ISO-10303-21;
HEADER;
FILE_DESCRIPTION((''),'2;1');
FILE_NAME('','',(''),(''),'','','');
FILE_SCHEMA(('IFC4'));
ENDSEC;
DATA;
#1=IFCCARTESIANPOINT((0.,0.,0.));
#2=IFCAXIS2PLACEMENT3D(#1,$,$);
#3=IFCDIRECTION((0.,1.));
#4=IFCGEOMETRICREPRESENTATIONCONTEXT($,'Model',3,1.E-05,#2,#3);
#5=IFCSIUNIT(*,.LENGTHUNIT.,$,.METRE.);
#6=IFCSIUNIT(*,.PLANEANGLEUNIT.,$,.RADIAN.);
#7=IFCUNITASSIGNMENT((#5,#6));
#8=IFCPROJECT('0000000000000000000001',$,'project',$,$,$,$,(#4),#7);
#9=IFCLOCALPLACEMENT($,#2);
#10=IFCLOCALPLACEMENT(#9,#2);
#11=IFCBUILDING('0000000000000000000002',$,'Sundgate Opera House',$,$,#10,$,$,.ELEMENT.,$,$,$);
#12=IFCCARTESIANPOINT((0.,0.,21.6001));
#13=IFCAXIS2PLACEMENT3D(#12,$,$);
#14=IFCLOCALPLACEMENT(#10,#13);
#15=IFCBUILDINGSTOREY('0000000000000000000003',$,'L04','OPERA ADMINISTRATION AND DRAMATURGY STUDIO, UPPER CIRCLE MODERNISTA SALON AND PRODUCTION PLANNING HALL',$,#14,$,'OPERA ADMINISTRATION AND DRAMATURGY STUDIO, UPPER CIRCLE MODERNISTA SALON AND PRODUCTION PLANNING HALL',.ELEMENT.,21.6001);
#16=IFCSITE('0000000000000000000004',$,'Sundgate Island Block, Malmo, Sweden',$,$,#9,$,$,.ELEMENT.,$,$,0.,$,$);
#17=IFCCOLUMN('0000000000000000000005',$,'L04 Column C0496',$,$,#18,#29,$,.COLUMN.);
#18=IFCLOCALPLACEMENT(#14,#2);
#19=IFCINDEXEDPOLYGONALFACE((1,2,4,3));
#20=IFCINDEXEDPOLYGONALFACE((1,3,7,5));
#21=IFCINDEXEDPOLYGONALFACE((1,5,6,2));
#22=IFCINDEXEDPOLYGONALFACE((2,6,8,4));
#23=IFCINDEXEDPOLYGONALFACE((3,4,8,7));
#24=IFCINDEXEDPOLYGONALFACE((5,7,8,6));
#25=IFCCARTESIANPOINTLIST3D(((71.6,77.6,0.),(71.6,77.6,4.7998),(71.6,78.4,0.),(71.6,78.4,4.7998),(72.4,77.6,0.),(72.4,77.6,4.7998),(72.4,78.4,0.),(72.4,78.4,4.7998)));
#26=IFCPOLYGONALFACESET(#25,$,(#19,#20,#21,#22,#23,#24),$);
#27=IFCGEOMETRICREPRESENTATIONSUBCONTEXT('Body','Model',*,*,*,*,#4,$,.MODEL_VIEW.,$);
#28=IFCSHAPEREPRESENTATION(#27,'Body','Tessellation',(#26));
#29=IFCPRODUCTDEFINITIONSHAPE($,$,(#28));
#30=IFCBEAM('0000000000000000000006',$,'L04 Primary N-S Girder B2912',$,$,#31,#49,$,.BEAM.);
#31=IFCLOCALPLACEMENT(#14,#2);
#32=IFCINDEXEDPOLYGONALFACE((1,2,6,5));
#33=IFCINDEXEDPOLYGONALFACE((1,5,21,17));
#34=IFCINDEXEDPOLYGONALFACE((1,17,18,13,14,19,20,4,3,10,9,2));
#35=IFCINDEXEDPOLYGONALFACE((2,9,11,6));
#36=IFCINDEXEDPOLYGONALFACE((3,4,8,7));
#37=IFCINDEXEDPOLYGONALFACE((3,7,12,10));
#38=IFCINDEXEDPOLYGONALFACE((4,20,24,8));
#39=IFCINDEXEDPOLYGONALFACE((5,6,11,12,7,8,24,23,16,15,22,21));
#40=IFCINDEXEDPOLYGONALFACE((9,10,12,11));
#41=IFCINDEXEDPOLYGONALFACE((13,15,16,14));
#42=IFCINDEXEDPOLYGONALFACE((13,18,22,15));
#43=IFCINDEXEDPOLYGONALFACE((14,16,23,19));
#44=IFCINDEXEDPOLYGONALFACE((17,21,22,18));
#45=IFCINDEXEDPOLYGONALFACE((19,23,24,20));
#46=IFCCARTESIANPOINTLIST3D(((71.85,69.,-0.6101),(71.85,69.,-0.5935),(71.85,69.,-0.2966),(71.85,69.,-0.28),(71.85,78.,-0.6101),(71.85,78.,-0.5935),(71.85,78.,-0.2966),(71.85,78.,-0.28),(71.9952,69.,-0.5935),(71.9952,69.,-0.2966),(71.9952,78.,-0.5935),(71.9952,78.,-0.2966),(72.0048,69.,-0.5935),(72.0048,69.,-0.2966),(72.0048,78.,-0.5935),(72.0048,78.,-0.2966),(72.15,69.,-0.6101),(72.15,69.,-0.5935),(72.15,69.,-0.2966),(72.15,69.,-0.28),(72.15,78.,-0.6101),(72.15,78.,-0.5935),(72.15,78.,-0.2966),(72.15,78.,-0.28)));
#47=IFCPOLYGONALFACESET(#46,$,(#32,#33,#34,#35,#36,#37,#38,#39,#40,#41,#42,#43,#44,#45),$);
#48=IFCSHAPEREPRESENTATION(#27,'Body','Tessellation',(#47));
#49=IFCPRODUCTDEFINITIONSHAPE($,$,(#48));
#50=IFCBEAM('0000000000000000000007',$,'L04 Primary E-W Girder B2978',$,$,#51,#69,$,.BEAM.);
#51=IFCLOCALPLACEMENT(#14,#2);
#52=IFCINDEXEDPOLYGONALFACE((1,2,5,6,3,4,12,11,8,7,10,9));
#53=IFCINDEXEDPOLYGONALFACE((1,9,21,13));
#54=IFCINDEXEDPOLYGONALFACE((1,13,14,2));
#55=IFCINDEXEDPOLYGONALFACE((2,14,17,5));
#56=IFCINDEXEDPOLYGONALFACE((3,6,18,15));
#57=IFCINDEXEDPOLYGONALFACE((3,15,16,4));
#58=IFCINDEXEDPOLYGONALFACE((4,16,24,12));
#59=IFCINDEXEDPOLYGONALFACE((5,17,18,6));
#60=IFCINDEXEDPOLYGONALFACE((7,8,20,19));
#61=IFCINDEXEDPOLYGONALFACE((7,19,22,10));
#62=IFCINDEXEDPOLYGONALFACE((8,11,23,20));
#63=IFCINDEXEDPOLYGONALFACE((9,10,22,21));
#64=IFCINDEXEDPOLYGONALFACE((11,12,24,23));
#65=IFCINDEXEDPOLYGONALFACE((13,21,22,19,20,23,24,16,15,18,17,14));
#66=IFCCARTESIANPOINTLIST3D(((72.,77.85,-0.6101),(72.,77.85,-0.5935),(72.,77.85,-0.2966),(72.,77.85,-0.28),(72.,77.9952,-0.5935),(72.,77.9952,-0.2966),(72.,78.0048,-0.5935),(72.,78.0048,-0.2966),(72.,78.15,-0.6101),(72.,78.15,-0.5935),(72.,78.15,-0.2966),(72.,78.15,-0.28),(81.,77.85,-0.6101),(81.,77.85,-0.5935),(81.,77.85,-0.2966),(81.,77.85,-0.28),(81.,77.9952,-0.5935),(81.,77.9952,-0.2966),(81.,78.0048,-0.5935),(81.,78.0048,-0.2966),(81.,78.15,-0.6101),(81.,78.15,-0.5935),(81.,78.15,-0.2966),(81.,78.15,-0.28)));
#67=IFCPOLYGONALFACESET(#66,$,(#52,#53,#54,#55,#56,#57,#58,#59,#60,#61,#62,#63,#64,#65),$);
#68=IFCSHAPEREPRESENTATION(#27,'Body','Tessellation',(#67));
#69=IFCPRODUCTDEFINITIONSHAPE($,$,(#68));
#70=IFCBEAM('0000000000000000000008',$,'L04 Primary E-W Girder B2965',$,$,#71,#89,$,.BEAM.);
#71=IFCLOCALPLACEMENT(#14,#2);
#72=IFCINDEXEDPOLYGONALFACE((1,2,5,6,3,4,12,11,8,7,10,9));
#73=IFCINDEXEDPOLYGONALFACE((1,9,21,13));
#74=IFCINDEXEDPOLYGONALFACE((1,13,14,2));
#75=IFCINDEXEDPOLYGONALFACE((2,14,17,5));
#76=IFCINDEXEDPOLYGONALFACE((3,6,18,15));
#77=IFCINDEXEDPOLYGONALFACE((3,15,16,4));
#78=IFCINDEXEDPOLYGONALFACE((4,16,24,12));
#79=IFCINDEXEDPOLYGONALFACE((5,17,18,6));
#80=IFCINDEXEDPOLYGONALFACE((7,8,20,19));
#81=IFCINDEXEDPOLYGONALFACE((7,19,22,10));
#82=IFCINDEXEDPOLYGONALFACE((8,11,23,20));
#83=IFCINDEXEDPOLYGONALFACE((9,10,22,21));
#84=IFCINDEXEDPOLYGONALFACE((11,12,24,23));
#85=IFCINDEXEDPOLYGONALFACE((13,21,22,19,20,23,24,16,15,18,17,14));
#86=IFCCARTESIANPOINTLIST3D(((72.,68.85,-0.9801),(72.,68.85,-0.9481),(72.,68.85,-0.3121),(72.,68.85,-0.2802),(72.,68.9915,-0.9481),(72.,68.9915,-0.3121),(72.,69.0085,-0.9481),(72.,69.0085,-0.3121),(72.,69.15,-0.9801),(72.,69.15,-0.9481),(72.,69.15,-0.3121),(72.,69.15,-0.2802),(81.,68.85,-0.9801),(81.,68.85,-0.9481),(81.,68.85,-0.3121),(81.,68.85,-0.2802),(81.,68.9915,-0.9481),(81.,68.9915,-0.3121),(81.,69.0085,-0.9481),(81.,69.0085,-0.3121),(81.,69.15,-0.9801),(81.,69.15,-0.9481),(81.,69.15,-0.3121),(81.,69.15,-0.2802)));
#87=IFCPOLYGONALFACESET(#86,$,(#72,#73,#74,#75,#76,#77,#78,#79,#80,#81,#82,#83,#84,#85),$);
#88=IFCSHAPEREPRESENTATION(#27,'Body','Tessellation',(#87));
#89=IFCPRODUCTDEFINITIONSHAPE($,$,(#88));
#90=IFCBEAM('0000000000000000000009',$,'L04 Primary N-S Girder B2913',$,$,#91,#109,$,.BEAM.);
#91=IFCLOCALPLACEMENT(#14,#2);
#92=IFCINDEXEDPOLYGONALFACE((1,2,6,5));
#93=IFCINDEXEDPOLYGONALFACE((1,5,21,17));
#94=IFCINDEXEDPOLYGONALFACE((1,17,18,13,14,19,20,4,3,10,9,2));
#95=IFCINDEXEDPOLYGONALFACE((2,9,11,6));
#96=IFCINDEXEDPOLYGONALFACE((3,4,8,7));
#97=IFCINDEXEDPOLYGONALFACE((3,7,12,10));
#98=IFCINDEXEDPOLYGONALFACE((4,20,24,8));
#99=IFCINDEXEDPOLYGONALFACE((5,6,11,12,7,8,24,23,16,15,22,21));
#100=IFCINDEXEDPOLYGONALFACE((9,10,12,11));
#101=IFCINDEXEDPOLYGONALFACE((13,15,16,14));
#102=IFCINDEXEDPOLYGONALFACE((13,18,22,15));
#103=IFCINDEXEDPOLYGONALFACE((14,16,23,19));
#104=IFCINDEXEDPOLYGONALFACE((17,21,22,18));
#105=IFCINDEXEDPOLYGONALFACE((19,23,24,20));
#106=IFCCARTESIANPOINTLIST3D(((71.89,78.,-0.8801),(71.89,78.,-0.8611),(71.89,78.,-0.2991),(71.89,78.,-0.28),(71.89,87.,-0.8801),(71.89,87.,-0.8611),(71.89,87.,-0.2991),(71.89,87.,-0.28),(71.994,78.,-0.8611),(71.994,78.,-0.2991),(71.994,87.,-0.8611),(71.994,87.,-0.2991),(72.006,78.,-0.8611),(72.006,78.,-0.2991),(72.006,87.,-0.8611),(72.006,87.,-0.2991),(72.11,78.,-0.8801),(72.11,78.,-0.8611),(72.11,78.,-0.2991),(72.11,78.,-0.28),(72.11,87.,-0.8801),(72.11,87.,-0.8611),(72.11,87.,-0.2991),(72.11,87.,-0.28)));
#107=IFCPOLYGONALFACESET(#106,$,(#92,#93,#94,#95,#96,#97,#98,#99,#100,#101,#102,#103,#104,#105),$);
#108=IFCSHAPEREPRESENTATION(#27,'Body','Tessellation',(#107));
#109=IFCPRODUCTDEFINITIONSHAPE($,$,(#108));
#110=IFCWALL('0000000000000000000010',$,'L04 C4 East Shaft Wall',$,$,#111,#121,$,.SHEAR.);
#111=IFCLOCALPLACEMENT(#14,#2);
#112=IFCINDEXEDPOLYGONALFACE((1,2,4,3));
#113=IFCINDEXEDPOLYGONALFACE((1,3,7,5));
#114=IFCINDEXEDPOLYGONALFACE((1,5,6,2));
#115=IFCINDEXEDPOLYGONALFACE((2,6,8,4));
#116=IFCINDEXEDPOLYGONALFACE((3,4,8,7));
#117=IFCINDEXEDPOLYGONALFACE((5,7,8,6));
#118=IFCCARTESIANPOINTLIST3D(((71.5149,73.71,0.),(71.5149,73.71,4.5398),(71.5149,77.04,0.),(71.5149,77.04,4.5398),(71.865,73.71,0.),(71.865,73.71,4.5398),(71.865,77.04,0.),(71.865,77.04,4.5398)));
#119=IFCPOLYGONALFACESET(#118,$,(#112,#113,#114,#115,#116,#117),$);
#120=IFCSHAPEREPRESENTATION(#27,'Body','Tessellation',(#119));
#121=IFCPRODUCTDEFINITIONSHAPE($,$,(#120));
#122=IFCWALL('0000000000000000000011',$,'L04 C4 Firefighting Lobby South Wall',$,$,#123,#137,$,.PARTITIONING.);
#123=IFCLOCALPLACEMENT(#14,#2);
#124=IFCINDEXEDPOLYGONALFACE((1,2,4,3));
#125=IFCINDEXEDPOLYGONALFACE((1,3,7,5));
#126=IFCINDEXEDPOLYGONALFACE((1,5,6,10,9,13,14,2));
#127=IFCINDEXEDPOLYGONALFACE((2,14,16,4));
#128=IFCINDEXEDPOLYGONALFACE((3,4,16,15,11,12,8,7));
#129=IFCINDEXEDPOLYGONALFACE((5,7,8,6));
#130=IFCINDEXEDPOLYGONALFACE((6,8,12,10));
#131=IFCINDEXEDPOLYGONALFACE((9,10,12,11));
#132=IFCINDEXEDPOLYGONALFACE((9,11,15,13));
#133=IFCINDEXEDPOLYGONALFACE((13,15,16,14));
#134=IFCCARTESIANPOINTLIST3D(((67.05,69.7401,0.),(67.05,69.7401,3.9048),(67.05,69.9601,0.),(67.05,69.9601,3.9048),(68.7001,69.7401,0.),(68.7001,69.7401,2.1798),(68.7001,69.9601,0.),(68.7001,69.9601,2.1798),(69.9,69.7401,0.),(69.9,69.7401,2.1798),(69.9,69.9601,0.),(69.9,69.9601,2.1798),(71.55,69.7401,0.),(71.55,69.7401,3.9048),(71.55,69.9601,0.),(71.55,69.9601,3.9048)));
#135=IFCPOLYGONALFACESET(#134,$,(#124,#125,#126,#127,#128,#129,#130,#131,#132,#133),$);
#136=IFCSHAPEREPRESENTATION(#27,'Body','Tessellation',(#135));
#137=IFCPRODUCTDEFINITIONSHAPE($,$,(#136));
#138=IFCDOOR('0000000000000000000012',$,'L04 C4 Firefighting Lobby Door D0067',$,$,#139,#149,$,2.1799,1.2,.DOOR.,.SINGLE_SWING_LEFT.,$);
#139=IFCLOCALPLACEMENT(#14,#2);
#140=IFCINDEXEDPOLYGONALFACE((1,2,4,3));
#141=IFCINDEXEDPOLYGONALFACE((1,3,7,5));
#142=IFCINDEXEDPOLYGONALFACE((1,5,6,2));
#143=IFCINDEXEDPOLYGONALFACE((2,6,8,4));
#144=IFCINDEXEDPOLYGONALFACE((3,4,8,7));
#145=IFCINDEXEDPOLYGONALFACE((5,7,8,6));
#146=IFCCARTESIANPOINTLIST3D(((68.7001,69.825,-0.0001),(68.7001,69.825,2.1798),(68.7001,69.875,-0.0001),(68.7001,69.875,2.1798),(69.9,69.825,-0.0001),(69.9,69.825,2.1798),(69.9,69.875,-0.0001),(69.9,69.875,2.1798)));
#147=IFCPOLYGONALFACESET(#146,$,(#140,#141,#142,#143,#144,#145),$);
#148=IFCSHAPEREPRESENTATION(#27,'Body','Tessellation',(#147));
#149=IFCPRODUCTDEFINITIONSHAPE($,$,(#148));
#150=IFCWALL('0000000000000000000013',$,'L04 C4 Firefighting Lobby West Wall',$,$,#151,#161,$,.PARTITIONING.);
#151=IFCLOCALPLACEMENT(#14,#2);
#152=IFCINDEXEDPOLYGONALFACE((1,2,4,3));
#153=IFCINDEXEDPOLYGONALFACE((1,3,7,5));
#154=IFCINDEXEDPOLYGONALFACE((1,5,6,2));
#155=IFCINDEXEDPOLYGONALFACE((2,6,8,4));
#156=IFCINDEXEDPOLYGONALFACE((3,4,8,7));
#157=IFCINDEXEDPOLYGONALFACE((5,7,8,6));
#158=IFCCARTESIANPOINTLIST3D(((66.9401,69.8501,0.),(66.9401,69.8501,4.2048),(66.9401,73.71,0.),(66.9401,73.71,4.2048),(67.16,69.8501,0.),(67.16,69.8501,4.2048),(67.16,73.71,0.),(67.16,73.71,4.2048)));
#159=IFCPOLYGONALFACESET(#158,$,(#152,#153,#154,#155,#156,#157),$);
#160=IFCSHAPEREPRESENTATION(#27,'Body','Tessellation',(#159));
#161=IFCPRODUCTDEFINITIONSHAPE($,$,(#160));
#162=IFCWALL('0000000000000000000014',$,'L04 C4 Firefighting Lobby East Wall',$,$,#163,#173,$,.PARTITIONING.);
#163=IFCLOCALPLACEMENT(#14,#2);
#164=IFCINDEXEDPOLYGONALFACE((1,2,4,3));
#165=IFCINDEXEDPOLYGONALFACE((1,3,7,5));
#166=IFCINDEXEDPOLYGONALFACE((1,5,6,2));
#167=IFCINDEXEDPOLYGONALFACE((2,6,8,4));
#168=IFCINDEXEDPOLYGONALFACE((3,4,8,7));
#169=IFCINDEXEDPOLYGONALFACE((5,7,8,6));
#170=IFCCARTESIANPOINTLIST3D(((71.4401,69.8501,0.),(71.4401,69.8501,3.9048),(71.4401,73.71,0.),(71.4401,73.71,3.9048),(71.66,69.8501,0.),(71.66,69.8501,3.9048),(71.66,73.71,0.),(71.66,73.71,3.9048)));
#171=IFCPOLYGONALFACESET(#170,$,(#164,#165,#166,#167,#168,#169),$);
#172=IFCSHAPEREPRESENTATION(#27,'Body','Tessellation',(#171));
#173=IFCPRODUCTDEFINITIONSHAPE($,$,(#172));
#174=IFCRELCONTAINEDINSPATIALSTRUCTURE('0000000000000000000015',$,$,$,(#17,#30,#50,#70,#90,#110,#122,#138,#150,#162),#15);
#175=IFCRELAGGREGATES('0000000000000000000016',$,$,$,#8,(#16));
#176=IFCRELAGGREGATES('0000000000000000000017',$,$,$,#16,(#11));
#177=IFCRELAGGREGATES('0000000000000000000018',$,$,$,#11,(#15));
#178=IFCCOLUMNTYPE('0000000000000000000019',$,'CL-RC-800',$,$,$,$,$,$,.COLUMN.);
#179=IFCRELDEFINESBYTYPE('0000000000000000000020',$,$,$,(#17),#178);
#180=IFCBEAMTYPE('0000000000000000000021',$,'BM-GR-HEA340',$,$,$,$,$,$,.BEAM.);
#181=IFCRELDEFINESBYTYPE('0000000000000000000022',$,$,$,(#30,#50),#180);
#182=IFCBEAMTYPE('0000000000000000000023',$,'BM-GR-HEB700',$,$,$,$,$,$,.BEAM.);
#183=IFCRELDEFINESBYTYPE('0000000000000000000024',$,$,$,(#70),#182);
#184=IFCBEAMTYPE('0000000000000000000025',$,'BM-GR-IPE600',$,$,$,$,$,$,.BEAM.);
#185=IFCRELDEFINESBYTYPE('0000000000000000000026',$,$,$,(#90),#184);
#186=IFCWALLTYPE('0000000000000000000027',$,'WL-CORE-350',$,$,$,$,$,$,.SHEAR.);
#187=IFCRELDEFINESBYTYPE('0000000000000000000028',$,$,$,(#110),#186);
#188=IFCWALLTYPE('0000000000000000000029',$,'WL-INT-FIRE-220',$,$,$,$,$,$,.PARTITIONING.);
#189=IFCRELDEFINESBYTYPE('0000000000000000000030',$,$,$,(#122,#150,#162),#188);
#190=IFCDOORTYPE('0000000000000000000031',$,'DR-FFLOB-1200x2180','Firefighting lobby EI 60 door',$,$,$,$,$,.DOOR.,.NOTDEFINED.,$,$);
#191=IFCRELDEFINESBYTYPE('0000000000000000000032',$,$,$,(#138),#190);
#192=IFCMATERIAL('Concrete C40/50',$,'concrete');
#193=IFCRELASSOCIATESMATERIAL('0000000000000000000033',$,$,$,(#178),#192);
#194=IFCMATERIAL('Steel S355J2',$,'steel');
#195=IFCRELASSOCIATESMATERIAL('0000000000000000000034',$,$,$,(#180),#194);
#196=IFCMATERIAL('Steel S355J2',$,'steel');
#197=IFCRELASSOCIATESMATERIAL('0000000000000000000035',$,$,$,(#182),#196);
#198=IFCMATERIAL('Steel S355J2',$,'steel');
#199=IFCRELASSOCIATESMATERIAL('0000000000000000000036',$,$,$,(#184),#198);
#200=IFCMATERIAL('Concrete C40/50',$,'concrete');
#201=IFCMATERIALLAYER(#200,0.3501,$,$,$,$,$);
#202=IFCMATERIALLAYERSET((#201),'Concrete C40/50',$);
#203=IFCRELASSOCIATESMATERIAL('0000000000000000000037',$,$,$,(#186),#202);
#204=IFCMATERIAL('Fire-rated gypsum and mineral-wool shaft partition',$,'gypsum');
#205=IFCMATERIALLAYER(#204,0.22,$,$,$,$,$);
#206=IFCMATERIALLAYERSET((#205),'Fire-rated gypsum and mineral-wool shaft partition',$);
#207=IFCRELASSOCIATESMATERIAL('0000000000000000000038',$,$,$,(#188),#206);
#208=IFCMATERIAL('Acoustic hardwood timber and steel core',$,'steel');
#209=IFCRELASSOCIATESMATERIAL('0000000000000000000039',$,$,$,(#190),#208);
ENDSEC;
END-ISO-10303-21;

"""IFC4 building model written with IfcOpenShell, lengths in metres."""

from ifc_helpers import new_model, si_unit, direction, frame, frame_2d, origin, origin_2d, place, context, subcontext, project, spatial, rectangle, i_section, extrude, material, layer, layer_set, material_profile, profile_set, type_object, element, fill, save


model = new_model("IFC4")

# Units and contexts
model_context = context("Model", 3, precision=1e-05, world=origin(), true_north=direction((0.0, 1.0)))
body_context = subcontext(model_context, "Body", "Model", "MODEL_VIEW")
ifc_project = project(units=[si_unit("LENGTHUNIT", "METRE"), si_unit("PLANEANGLEUNIT", "RADIAN")], contexts=[model_context])

# Site, building, storey
site_placement = place(None, origin())
site = spatial("IfcSite", under=ifc_project, at=site_placement, Name="Sundgate Island Block, Malmo, Sweden", CompositionType="ELEMENT", RefElevation=0.0)
building_placement = place(site_placement, origin())
building = spatial("IfcBuilding", under=site, at=building_placement, Name="Sundgate Opera House", CompositionType="ELEMENT")
storey_placement = place(building_placement, frame((0.0, 0.0, 21.6001)))
storey = spatial("IfcBuildingStorey", under=building, at=storey_placement, Name="L04", Description="OPERA ADMINISTRATION AND DRAMATURGY STUDIO, UPPER CIRCLE MODERNISTA SALON AND PRODUCTION PLANNING HALL", LongName="OPERA ADMINISTRATION AND DRAMATURGY STUDIO, UPPER CIRCLE MODERNISTA SALON AND PRODUCTION PLANNING HALL", CompositionType="ELEMENT", Elevation=21.6001)

# Column
ifc_material_1 = material(Name="Concrete C40/50", Category="concrete")
ifc_material_profile_1 = material_profile(ifc_material_1, rectangle(XDim=0.8, YDim=0.8, at=origin_2d()), Name="RC 800x800")
ifc_profile_set_1 = profile_set([ifc_material_profile_1], Name="Concrete C40/50")
column_type = type_object("IfcColumnType", Name="CL-RC-800", PredefinedType="COLUMN", material=ifc_profile_set_1)
column_placement = place(storey_placement, frame((72.0, 78.0, 0.0), z_axis=(0.0, 0.0, 1.0), x_axis=(1.0, 0.0, 0.0)))
element("IfcColumn", 1, at=column_placement, inside=storey, type_object=column_type, Name="L04 Column C0496", PredefinedType="COLUMN", context=body_context, shape_type="SweptSolid", body=[
    extrude(rectangle(XDim=0.8, YDim=0.8, at=origin_2d()), origin(), (0.0, 0.0, 1.0), 4.7998),
])

# Beams
ifc_material_2 = material(Name="Steel S355J2", Category="steel")
ifc_material_profile_2 = material_profile(ifc_material_2, i_section(OverallWidth=0.3, OverallDepth=0.3301, WebThickness=0.0095, FlangeThickness=0.0166, at=origin_2d()), Name="HEA 340")
ifc_profile_set_2 = profile_set([ifc_material_profile_2], Name="Steel S355J2")
beam_type_1 = type_object("IfcBeamType", Name="BM-GR-HEA340", PredefinedType="BEAM", material=ifc_profile_set_2)
for number, where, z_axis, x_axis, name in (
    (2, (72.0, 69.0, -0.4451), (0.0, 1.0, 0.0), (-1.0, 0.0, 0.0), "L04 Primary N-S Girder B2912"),
    (3, (72.0, 78.0, -0.4451), (1.0, 0.0, 0.0), (0.0, 1.0, 0.0), "L04 Primary E-W Girder B2978"),
):
    element("IfcBeam", number, at=place(storey_placement, frame(where, z_axis=z_axis, x_axis=x_axis)), inside=storey, type_object=beam_type_1, Name=name, PredefinedType="BEAM", context=body_context, shape_type="SweptSolid", body=[
        extrude(i_section(OverallWidth=0.3, OverallDepth=0.3301, WebThickness=0.0095, FlangeThickness=0.0166, at=origin_2d()), origin(), (0.0, 0.0, 1.0), 9.0),
    ])
ifc_material_3 = material(Name="Steel S355J2", Category="steel")
ifc_material_profile_3 = material_profile(ifc_material_3, i_section(OverallWidth=0.3, OverallDepth=0.7, WebThickness=0.0171, FlangeThickness=0.032, at=origin_2d()), Name="HEB 700")
ifc_profile_set_3 = profile_set([ifc_material_profile_3], Name="Steel S355J2")
beam_type_2 = type_object("IfcBeamType", Name="BM-GR-HEB700", PredefinedType="BEAM", material=ifc_profile_set_3)
beam_1_placement = place(storey_placement, frame((72.0, 69.0, -0.6301), z_axis=(1.0, 0.0, 0.0), x_axis=(0.0, 1.0, 0.0)))
element("IfcBeam", 4, at=beam_1_placement, inside=storey, type_object=beam_type_2, Name="L04 Primary E-W Girder B2965", PredefinedType="BEAM", context=body_context, shape_type="SweptSolid", body=[
    extrude(i_section(OverallWidth=0.3, OverallDepth=0.7, WebThickness=0.0171, FlangeThickness=0.032, at=origin_2d()), origin(), (0.0, 0.0, 1.0), 9.0),
])
ifc_material_4 = material(Name="Steel S355J2", Category="steel")
ifc_material_profile_4 = material_profile(ifc_material_4, i_section(OverallWidth=0.22, OverallDepth=0.6001, WebThickness=0.012, FlangeThickness=0.019, at=origin_2d()), Name="IPE 600")
ifc_profile_set_4 = profile_set([ifc_material_profile_4], Name="Steel S355J2")
beam_type_3 = type_object("IfcBeamType", Name="BM-GR-IPE600", PredefinedType="BEAM", material=ifc_profile_set_4)
beam_2_placement = place(storey_placement, frame((72.0, 78.0, -0.5801), z_axis=(0.0, 1.0, 0.0), x_axis=(-1.0, 0.0, 0.0)))
element("IfcBeam", 5, at=beam_2_placement, inside=storey, type_object=beam_type_3, Name="L04 Primary N-S Girder B2913", PredefinedType="BEAM", context=body_context, shape_type="SweptSolid", body=[
    extrude(i_section(OverallWidth=0.22, OverallDepth=0.6001, WebThickness=0.012, FlangeThickness=0.019, at=origin_2d()), origin(), (0.0, 0.0, 1.0), 9.0),
])

# Wall
ifc_material_5 = material(Name="Concrete C40/50", Category="concrete")
ifc_layer_1 = layer(ifc_material_5, 0.3501)
ifc_layer_set_1 = layer_set([ifc_layer_1], Name="Concrete C40/50")
wall_type_1 = type_object("IfcWallType", Name="WL-CORE-350", PredefinedType="SHEAR", material=ifc_layer_set_1)
wall_1_placement = place(storey_placement, frame((71.6899, 73.71, 0.0), z_axis=(0.0, 0.0, 1.0), x_axis=(0.0, 1.0, 0.0)))
element("IfcWall", 6, at=wall_1_placement, inside=storey, type_object=wall_type_1, Name="L04 C4 East Shaft Wall", PredefinedType="SHEAR", context=body_context, shape_type="SweptSolid", body=[
    extrude(rectangle(XDim=3.3301, YDim=0.3501, at=frame_2d((1.665, 0.0))), origin(), (0.0, 0.0, 1.0), 4.5398),
])

# Wall, opening, door
ifc_material_6 = material(Name="Fire-rated gypsum and mineral-wool shaft partition", Category="gypsum")
ifc_layer_2 = layer(ifc_material_6, 0.22)
ifc_layer_set_2 = layer_set([ifc_layer_2], Name="Fire-rated gypsum and mineral-wool shaft partition")
wall_type_2 = type_object("IfcWallType", Name="WL-INT-FIRE-220", PredefinedType="PARTITIONING", material=ifc_layer_set_2)
wall_2_placement = place(storey_placement, frame((67.05, 69.8501, 0.0), z_axis=(0.0, 0.0, 1.0), x_axis=(1.0, 0.0, 0.0)))
wall_2 = element("IfcWall", 7, at=wall_2_placement, inside=storey, type_object=wall_type_2, Name="L04 C4 Firefighting Lobby South Wall", PredefinedType="PARTITIONING", context=body_context, shape_type="SweptSolid", body=[
    extrude(rectangle(XDim=4.5, YDim=0.22, at=frame_2d((2.25, 0.0))), origin(), (0.0, 0.0, 1.0), 3.9048),
])
opening_placement = place(wall_2_placement, frame((1.6499, 0.0, 0.0)))
opening = element("IfcOpeningElement", 8, at=opening_placement, cuts=wall_2, PredefinedType="OPENING", context=body_context, shape_type="SweptSolid", body=[
    extrude(rectangle(XDim=1.2, YDim=2.1799, at=frame_2d((0.6001, 1.0898))), frame((0.0, 0.1199, 0.0), z_axis=(0.0, -1.0, 0.0), x_axis=(1.0, 0.0, 0.0)), (0.0, 0.0, 1.0), 0.24),
])
ifc_material_7 = material(Name="Acoustic hardwood timber and steel core", Category="steel")
door_type = type_object("IfcDoorType", Name="DR-FFLOB-1200x2180", Description="Firefighting lobby EI 60 door", OperationType="NOTDEFINED", PredefinedType="DOOR", material=ifc_material_7)
door_placement = place(opening_placement, origin())
door = element("IfcDoor", 9, at=door_placement, inside=storey, type_object=door_type, Name="L04 C4 Firefighting Lobby Door D0067", OperationType="SINGLE_SWING_LEFT", OverallHeight=2.1799, OverallWidth=1.2, PredefinedType="DOOR", context=body_context, shape_type="SweptSolid", body=[
    extrude(rectangle(XDim=1.2, YDim=2.1799, at=frame_2d((0.6001, 1.0898))), frame((0.0, 0.0249, 0.0), z_axis=(0.0, -1.0, 0.0), x_axis=(1.0, 0.0, 0.0)), (0.0, 0.0, 1.0), 0.05),
])
fill(opening, door)

# Walls
wall_3_placement = place(storey_placement, frame((67.05, 69.8501, 0.0), z_axis=(0.0, 0.0, 1.0), x_axis=(0.0, 1.0, 0.0)))
element("IfcWall", 10, at=wall_3_placement, inside=storey, type_object=wall_type_2, Name="L04 C4 Firefighting Lobby West Wall", PredefinedType="PARTITIONING", context=body_context, shape_type="SweptSolid", body=[
    extrude(rectangle(XDim=3.8599, YDim=0.22, at=frame_2d((1.9299, 0.0))), origin(), (0.0, 0.0, 1.0), 4.2048),
])
wall_4_placement = place(storey_placement, frame((71.55, 69.8501, 0.0), z_axis=(0.0, 0.0, 1.0), x_axis=(0.0, 1.0, 0.0)))
element("IfcWall", 11, at=wall_4_placement, inside=storey, type_object=wall_type_2, Name="L04 C4 Firefighting Lobby East Wall", PredefinedType="PARTITIONING", context=body_context, shape_type="SweptSolid", body=[
    extrude(rectangle(XDim=3.8599, YDim=0.22, at=frame_2d((1.9299, 0.0))), origin(), (0.0, 0.0, 1.0), 3.9048),
])

save(model, "model.ifc")
